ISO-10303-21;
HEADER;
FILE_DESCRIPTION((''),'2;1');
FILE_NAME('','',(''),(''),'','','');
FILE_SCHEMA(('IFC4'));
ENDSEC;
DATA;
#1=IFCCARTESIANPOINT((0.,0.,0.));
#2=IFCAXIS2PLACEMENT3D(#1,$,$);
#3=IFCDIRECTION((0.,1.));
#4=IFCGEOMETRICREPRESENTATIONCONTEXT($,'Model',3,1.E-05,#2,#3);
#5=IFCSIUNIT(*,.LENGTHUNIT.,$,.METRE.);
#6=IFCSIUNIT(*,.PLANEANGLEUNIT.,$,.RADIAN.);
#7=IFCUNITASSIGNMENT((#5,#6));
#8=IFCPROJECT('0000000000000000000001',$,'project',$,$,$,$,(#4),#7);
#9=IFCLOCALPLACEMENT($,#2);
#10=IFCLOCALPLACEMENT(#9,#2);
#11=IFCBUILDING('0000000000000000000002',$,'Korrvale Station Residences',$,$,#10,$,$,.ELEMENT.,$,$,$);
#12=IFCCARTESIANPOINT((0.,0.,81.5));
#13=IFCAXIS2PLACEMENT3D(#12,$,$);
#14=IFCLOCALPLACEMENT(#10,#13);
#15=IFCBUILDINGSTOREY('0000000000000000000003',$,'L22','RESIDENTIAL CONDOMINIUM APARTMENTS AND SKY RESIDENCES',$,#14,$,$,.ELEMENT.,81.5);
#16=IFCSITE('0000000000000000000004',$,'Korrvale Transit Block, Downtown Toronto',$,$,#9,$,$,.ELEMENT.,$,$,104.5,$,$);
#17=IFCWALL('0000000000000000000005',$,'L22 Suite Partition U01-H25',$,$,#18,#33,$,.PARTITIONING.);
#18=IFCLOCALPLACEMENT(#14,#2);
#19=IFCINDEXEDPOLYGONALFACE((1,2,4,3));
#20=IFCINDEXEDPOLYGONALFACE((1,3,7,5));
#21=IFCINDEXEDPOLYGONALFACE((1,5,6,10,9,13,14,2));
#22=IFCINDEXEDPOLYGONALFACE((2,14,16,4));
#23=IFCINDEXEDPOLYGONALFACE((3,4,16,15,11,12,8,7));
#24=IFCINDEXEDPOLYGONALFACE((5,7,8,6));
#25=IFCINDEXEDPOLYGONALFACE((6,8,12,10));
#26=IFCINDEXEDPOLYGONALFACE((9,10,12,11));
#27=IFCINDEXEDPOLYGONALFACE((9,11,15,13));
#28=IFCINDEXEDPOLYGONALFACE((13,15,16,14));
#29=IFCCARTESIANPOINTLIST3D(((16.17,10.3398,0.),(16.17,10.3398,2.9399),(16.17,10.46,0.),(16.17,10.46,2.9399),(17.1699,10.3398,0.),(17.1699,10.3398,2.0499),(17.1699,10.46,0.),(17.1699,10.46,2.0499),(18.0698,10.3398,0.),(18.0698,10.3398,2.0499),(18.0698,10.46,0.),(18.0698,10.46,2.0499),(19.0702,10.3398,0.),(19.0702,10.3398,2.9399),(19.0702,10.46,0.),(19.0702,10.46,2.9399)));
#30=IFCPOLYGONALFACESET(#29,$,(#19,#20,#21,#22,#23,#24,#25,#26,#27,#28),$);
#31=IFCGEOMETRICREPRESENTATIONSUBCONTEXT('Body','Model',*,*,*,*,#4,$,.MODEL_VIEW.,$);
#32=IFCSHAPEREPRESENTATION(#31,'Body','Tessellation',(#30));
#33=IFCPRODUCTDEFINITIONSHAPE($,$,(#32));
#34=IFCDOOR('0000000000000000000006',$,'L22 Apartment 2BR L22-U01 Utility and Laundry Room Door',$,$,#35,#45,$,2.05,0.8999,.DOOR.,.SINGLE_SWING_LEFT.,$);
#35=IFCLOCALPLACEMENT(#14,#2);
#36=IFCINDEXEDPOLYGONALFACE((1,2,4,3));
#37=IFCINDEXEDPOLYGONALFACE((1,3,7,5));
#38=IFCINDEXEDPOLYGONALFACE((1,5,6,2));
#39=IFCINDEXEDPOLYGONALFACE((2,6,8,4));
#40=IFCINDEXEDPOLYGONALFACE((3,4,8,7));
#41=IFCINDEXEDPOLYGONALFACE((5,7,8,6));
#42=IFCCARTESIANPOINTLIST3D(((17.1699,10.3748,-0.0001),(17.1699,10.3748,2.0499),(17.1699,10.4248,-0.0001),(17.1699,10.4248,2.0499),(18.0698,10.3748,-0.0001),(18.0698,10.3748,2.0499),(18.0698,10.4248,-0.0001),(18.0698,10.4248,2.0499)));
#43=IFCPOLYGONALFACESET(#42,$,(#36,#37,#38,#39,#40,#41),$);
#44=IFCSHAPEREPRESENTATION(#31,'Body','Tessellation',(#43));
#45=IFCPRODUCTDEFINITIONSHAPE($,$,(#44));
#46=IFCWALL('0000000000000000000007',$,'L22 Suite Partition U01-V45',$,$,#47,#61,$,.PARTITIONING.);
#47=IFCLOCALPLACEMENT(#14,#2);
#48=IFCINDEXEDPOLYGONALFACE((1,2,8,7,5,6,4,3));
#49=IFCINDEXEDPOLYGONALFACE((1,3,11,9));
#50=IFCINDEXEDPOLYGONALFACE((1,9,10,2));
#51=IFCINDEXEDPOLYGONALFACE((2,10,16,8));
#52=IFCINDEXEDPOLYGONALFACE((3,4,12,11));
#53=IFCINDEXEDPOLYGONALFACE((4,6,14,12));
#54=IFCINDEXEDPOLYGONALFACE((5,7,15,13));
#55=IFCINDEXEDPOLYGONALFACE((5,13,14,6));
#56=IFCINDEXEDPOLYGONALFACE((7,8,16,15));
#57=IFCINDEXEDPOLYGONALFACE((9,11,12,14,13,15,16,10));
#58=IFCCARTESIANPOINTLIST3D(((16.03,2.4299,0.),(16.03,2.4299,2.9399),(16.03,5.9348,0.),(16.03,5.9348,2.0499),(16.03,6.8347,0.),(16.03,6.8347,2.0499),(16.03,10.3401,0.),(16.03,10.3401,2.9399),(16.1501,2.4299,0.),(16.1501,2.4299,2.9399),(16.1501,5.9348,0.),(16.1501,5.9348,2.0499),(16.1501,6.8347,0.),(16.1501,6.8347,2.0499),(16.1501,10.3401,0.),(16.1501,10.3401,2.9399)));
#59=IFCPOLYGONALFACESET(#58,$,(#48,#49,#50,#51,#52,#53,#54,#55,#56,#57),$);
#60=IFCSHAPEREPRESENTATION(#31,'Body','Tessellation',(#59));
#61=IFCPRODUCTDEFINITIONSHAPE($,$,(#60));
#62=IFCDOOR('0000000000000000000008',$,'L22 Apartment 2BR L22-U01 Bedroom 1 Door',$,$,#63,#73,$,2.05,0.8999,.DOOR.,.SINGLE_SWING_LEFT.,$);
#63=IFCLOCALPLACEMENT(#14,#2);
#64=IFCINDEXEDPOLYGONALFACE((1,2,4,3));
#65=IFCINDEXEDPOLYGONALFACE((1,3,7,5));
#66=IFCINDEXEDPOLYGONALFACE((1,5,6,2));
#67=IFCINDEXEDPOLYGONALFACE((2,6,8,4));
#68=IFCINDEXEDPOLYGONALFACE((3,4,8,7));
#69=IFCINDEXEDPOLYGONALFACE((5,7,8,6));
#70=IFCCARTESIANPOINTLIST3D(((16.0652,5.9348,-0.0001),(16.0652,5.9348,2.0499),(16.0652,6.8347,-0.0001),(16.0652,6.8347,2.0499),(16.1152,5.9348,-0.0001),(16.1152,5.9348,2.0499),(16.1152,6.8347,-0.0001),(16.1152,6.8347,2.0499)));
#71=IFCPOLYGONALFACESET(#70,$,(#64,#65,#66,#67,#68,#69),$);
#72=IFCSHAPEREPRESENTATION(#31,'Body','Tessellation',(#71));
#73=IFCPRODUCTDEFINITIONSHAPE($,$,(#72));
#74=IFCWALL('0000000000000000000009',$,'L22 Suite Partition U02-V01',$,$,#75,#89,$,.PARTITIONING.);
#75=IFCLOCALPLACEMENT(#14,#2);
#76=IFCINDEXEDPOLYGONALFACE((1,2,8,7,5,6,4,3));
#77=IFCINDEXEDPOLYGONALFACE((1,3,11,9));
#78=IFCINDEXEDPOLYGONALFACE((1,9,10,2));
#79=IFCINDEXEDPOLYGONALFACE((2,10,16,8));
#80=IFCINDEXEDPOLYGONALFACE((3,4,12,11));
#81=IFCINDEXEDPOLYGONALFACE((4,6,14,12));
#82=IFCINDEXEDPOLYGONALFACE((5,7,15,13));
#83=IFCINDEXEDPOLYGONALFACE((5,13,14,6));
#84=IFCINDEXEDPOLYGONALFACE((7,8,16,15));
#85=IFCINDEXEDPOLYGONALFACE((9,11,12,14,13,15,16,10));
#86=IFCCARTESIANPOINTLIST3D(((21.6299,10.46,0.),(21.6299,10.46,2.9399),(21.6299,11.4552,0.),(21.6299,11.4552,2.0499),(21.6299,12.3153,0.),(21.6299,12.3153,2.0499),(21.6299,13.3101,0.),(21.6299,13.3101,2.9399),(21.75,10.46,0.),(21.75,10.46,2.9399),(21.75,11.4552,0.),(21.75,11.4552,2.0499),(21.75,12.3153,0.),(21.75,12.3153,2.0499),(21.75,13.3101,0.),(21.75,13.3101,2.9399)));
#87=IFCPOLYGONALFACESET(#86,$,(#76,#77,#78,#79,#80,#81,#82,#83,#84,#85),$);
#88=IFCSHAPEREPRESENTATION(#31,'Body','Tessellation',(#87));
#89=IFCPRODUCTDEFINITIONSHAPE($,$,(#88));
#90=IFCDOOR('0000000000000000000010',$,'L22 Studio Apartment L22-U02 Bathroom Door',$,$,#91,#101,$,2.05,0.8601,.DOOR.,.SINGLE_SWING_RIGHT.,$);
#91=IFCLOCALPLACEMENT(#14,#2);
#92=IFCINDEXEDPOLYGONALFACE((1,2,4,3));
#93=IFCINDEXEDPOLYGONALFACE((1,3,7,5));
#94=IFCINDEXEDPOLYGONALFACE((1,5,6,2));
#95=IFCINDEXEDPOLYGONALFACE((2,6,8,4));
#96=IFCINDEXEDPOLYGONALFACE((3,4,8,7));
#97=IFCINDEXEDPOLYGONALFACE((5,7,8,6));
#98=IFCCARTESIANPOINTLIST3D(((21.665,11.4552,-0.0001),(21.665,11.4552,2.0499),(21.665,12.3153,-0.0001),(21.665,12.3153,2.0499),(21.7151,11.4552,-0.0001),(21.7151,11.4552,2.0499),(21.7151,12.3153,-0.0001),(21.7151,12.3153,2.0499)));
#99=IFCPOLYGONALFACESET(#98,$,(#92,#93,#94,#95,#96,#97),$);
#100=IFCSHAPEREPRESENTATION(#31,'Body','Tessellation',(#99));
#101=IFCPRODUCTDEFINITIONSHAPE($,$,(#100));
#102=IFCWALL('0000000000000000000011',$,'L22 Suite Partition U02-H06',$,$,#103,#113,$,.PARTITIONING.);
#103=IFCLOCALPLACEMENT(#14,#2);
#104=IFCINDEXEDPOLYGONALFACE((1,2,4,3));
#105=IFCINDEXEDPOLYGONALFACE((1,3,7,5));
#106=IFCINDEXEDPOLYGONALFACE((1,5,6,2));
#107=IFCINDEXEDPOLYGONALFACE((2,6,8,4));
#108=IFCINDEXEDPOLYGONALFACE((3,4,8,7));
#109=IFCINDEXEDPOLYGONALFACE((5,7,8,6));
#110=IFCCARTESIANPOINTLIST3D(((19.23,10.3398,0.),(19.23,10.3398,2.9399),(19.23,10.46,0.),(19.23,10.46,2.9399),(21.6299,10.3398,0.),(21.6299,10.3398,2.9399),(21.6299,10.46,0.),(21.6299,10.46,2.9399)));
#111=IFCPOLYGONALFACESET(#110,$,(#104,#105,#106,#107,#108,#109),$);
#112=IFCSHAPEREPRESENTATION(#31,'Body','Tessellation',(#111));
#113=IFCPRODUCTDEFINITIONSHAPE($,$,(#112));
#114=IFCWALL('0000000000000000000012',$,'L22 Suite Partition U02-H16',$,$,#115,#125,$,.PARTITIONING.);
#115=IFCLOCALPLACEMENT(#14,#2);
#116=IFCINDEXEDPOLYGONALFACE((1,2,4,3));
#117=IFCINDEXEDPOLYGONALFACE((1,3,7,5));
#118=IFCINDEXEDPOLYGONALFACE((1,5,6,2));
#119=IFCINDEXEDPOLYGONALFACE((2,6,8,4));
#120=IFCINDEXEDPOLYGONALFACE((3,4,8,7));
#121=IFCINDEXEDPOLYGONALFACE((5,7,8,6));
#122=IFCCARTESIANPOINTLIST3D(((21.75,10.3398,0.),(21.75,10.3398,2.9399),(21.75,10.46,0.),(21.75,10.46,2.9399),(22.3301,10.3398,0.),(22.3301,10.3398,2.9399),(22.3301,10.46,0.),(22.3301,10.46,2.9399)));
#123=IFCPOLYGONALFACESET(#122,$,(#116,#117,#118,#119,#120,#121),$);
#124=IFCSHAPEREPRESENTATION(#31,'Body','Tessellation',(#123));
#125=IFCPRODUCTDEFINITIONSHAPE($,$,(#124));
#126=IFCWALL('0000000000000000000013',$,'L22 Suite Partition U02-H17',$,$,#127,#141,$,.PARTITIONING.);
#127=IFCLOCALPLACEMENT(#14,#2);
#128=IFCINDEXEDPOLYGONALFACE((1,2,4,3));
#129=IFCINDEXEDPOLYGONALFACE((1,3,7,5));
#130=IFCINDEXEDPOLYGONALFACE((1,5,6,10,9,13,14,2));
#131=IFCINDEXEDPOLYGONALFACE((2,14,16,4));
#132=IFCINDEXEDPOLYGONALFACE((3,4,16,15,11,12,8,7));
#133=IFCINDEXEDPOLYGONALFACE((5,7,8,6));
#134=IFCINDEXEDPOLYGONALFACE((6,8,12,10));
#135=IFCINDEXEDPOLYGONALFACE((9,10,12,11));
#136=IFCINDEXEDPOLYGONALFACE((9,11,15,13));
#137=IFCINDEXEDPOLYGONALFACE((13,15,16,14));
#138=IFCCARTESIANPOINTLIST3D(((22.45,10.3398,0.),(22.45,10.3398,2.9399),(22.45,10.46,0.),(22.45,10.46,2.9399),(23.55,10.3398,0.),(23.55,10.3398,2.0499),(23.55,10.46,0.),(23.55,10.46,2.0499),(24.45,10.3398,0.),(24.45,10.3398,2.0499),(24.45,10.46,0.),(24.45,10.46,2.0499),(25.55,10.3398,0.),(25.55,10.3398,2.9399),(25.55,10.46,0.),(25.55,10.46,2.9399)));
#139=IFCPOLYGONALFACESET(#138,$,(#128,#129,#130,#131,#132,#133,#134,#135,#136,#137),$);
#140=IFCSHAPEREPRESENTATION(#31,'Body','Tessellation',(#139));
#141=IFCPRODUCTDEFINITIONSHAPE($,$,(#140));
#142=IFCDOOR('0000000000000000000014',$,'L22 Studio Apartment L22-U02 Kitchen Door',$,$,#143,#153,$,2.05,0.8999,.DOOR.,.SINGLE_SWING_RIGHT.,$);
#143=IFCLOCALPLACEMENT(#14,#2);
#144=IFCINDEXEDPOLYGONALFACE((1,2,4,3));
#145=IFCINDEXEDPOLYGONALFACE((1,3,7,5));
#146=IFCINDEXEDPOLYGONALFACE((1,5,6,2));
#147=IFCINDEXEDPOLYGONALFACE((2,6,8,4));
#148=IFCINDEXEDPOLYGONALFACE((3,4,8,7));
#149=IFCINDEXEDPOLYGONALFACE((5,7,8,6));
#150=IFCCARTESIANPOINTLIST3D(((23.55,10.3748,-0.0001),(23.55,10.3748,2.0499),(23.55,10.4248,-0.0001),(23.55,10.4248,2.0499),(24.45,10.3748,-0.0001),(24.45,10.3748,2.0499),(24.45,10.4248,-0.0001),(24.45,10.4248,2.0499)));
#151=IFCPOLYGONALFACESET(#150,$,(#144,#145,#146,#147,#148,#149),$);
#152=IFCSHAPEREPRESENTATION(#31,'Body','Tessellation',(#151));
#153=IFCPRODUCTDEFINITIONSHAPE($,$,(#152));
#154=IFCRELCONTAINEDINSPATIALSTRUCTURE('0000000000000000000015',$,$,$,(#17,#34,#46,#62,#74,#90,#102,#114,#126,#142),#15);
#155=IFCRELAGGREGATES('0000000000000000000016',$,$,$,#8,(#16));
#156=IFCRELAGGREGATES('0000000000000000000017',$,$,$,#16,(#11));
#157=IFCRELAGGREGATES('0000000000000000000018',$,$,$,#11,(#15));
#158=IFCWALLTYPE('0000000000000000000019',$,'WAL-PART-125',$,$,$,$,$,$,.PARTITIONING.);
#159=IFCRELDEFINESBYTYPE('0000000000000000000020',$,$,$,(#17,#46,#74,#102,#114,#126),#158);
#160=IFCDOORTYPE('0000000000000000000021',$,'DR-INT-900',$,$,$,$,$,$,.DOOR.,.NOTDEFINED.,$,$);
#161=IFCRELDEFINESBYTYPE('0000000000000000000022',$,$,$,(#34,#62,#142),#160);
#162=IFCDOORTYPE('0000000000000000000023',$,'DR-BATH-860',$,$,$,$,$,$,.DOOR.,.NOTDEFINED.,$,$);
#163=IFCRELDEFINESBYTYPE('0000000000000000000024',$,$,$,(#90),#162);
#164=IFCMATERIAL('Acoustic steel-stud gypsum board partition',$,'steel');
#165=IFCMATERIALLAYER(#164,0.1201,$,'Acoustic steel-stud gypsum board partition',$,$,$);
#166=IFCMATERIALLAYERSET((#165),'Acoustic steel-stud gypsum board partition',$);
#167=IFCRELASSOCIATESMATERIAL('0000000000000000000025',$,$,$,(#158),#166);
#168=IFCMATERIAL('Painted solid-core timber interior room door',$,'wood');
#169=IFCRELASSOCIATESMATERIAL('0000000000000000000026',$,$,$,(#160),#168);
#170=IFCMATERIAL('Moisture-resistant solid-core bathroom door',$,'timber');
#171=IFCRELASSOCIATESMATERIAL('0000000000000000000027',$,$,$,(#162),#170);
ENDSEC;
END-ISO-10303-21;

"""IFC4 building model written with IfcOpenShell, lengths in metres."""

from ifc_helpers import new_model, si_unit, direction, frame, frame_2d, origin, place, context, subcontext, project, spatial, rectangle, extrude, material, layer, layer_set, type_object, element, fill, save


model = new_model("IFC4")

# Units and contexts
model_context = context("Model", 3, precision=1e-05, world=origin(), true_north=direction((0.0, 1.0)))
body_context = subcontext(model_context, "Body", "Model", "MODEL_VIEW")
ifc_project = project(units=[si_unit("LENGTHUNIT", "METRE"), si_unit("PLANEANGLEUNIT", "RADIAN")], contexts=[model_context])

# Site, building, storey
site_placement = place(None, origin())
site = spatial("IfcSite", under=ifc_project, at=site_placement, Name="Korrvale Transit Block, Downtown Toronto", CompositionType="ELEMENT", RefElevation=104.5)
building_placement = place(site_placement, origin())
building = spatial("IfcBuilding", under=site, at=building_placement, Name="Korrvale Station Residences", CompositionType="ELEMENT")
storey_placement = place(building_placement, frame((0.0, 0.0, 81.5)))
storey = spatial("IfcBuildingStorey", under=building, at=storey_placement, Name="L22", Description="RESIDENTIAL CONDOMINIUM APARTMENTS AND SKY RESIDENCES", CompositionType="ELEMENT", Elevation=81.5)

# Walls, openings, doors
ifc_material_1 = material(Name="Acoustic steel-stud gypsum board partition", Category="steel")
ifc_layer_1 = layer(ifc_material_1, 0.1201, Name="Acoustic steel-stud gypsum board partition")
ifc_layer_set_1 = layer_set([ifc_layer_1], Name="Acoustic steel-stud gypsum board partition")
wall_type_1 = type_object("IfcWallType", Name="WAL-PART-125", PredefinedType="PARTITIONING", material=ifc_layer_set_1)
ifc_material_2 = material(Name="Painted solid-core timber interior room door", Category="wood")
door_type_1 = type_object("IfcDoorType", Name="DR-INT-900", OperationType="NOTDEFINED", PredefinedType="DOOR", material=ifc_material_2)
wall_1_placement = place(storey_placement, frame((16.1699, 10.3999, 0.0), z_axis=(0.0, 0.0, 1.0), x_axis=(1.0, 0.0, 0.0)))
wall_1 = element("IfcWall", 1, at=wall_1_placement, inside=storey, type_object=wall_type_1, Name="L22 Suite Partition U01-H25", PredefinedType="PARTITIONING", context=body_context, shape_type="SweptSolid", body=[
    extrude(rectangle(XDim=2.9001, YDim=0.1201, at=frame_2d((1.4502, 0.0))), origin(), (0.0, 0.0, 1.0), 2.9399),
])
opening_1_placement = place(wall_1_placement, frame((1.0, 0.0, 0.0)))
opening_1 = element("IfcOpeningElement", 2, at=opening_1_placement, cuts=wall_1, PredefinedType="OPENING", context=body_context, shape_type="SweptSolid", body=[
    extrude(rectangle(XDim=0.8999, YDim=2.05, at=frame_2d((0.45, 1.0249))), frame((0.0, 0.0701, 0.0), z_axis=(0.0, -1.0, 0.0), x_axis=(1.0, 0.0, 0.0)), (0.0, 0.0, 1.0), 0.1401),
])
door_1_placement = place(opening_1_placement, origin())
door_1 = element("IfcDoor", 3, at=door_1_placement, inside=storey, type_object=door_type_1, Name="L22 Apartment 2BR L22-U01 Utility and Laundry Room Door", OperationType="SINGLE_SWING_LEFT", OverallHeight=2.05, OverallWidth=0.8999, PredefinedType="DOOR", context=body_context, shape_type="SweptSolid", body=[
    extrude(rectangle(XDim=0.8999, YDim=2.05, at=frame_2d((0.45, 1.0249))), frame((0.0, 0.0249, 0.0), z_axis=(0.0, -1.0, 0.0), x_axis=(1.0, 0.0, 0.0)), (0.0, 0.0, 1.0), 0.05),
])
fill(opening_1, door_1)
wall_2_placement = place(storey_placement, frame((16.0901, 2.4299, 0.0), z_axis=(0.0, 0.0, 1.0), x_axis=(0.0, 1.0, 0.0)))
wall_2 = element("IfcWall", 4, at=wall_2_placement, inside=storey, type_object=wall_type_1, Name="L22 Suite Partition U01-V45", PredefinedType="PARTITIONING", context=body_context, shape_type="SweptSolid", body=[
    extrude(rectangle(XDim=7.9102, YDim=0.1201, at=frame_2d((3.9551, 0.0))), origin(), (0.0, 0.0, 1.0), 2.9399),
])
opening_2_placement = place(wall_2_placement, frame((3.5049, 0.0, 0.0)))
opening_2 = element("IfcOpeningElement", 5, at=opening_2_placement, cuts=wall_2, PredefinedType="OPENING", context=body_context, shape_type="SweptSolid", body=[
    extrude(rectangle(XDim=0.8999, YDim=2.05, at=frame_2d((0.45, 1.0249))), frame((0.0, 0.0701, 0.0), z_axis=(0.0, -1.0, 0.0), x_axis=(1.0, 0.0, 0.0)), (0.0, 0.0, 1.0), 0.1401),
])
door_2_placement = place(opening_2_placement, origin())
door_2 = element("IfcDoor", 6, at=door_2_placement, inside=storey, type_object=door_type_1, Name="L22 Apartment 2BR L22-U01 Bedroom 1 Door", OperationType="SINGLE_SWING_LEFT", OverallHeight=2.05, OverallWidth=0.8999, PredefinedType="DOOR", context=body_context, shape_type="SweptSolid", body=[
    extrude(rectangle(XDim=0.8999, YDim=2.05, at=frame_2d((0.45, 1.0249))), frame((0.0, 0.0249, 0.0), z_axis=(0.0, -1.0, 0.0), x_axis=(1.0, 0.0, 0.0)), (0.0, 0.0, 1.0), 0.05),
])
fill(opening_2, door_2)
wall_3_placement = place(storey_placement, frame((21.6899, 10.46, 0.0), z_axis=(0.0, 0.0, 1.0), x_axis=(0.0, 1.0, 0.0)))
wall_3 = element("IfcWall", 7, at=wall_3_placement, inside=storey, type_object=wall_type_1, Name="L22 Suite Partition U02-V01", PredefinedType="PARTITIONING", context=body_context, shape_type="SweptSolid", body=[
    extrude(rectangle(XDim=2.8501, YDim=0.1201, at=frame_2d((1.425, 0.0))), origin(), (0.0, 0.0, 1.0), 2.9399),
])
opening_3_placement = place(wall_3_placement, frame((0.9951, 0.0, 0.0)))
opening_3 = element("IfcOpeningElement", 8, at=opening_3_placement, cuts=wall_3, PredefinedType="OPENING", context=body_context, shape_type="SweptSolid", body=[
    extrude(rectangle(XDim=0.8601, YDim=2.05, at=frame_2d((0.4302, 1.0249))), frame((0.0, 0.0701, 0.0), z_axis=(0.0, -1.0, 0.0), x_axis=(1.0, 0.0, 0.0)), (0.0, 0.0, 1.0), 0.1401),
])
ifc_material_3 = material(Name="Moisture-resistant solid-core bathroom door", Category="timber")
door_type_2 = type_object("IfcDoorType", Name="DR-BATH-860", OperationType="NOTDEFINED", PredefinedType="DOOR", material=ifc_material_3)
door_3_placement = place(opening_3_placement, origin())
door_3 = element("IfcDoor", 9, at=door_3_placement, inside=storey, type_object=door_type_2, Name="L22 Studio Apartment L22-U02 Bathroom Door", OperationType="SINGLE_SWING_RIGHT", OverallHeight=2.05, OverallWidth=0.8601, PredefinedType="DOOR", context=body_context, shape_type="SweptSolid", body=[
    extrude(rectangle(XDim=0.8601, YDim=2.05, at=frame_2d((0.4302, 1.0249))), frame((0.0, 0.0249, 0.0), z_axis=(0.0, -1.0, 0.0), x_axis=(1.0, 0.0, 0.0)), (0.0, 0.0, 1.0), 0.05),
])
fill(opening_3, door_3)

# Walls
wall_4_placement = place(storey_placement, frame((19.23, 10.3999, 0.0), z_axis=(0.0, 0.0, 1.0), x_axis=(1.0, 0.0, 0.0)))
element("IfcWall", 10, at=wall_4_placement, inside=storey, type_object=wall_type_1, Name="L22 Suite Partition U02-H06", PredefinedType="PARTITIONING", context=body_context, shape_type="SweptSolid", body=[
    extrude(rectangle(XDim=2.3999, YDim=0.1201, at=frame_2d((1.2, 0.0))), origin(), (0.0, 0.0, 1.0), 2.9399),
])
wall_5_placement = place(storey_placement, frame((21.75, 10.3999, 0.0), z_axis=(0.0, 0.0, 1.0), x_axis=(1.0, 0.0, 0.0)))
element("IfcWall", 11, at=wall_5_placement, inside=storey, type_object=wall_type_1, Name="L22 Suite Partition U02-H16", PredefinedType="PARTITIONING", context=body_context, shape_type="SweptSolid", body=[
    extrude(rectangle(XDim=0.5801, YDim=0.1201, at=frame_2d((0.29, 0.0))), origin(), (0.0, 0.0, 1.0), 2.9399),
])

# Wall, opening, door
wall_6_placement = place(storey_placement, frame((22.45, 10.3999, 0.0), z_axis=(0.0, 0.0, 1.0), x_axis=(1.0, 0.0, 0.0)))
wall_6 = element("IfcWall", 12, at=wall_6_placement, inside=storey, type_object=wall_type_1, Name="L22 Suite Partition U02-H17", PredefinedType="PARTITIONING", context=body_context, shape_type="SweptSolid", body=[
    extrude(rectangle(XDim=3.1001, YDim=0.1201, at=frame_2d((1.55, 0.0))), origin(), (0.0, 0.0, 1.0), 2.9399),
])
opening_4_placement = place(wall_6_placement, frame((1.1001, 0.0, 0.0)))
opening_4 = element("IfcOpeningElement", 13, at=opening_4_placement, cuts=wall_6, PredefinedType="OPENING", context=body_context, shape_type="SweptSolid", body=[
    extrude(rectangle(XDim=0.8999, YDim=2.05, at=frame_2d((0.45, 1.0249))), frame((0.0, 0.0701, 0.0), z_axis=(0.0, -1.0, 0.0), x_axis=(1.0, 0.0, 0.0)), (0.0, 0.0, 1.0), 0.1401),
])
door_4_placement = place(opening_4_placement, origin())
door_4 = element("IfcDoor", 14, at=door_4_placement, inside=storey, type_object=door_type_1, Name="L22 Studio Apartment L22-U02 Kitchen Door", OperationType="SINGLE_SWING_RIGHT", OverallHeight=2.05, OverallWidth=0.8999, PredefinedType="DOOR", context=body_context, shape_type="SweptSolid", body=[
    extrude(rectangle(XDim=0.8999, YDim=2.05, at=frame_2d((0.45, 1.0249))), frame((0.0, 0.0249, 0.0), z_axis=(0.0, -1.0, 0.0), x_axis=(1.0, 0.0, 0.0)), (0.0, 0.0, 1.0), 0.05),
])
fill(opening_4, door_4)

save(model, "model.ifc")
